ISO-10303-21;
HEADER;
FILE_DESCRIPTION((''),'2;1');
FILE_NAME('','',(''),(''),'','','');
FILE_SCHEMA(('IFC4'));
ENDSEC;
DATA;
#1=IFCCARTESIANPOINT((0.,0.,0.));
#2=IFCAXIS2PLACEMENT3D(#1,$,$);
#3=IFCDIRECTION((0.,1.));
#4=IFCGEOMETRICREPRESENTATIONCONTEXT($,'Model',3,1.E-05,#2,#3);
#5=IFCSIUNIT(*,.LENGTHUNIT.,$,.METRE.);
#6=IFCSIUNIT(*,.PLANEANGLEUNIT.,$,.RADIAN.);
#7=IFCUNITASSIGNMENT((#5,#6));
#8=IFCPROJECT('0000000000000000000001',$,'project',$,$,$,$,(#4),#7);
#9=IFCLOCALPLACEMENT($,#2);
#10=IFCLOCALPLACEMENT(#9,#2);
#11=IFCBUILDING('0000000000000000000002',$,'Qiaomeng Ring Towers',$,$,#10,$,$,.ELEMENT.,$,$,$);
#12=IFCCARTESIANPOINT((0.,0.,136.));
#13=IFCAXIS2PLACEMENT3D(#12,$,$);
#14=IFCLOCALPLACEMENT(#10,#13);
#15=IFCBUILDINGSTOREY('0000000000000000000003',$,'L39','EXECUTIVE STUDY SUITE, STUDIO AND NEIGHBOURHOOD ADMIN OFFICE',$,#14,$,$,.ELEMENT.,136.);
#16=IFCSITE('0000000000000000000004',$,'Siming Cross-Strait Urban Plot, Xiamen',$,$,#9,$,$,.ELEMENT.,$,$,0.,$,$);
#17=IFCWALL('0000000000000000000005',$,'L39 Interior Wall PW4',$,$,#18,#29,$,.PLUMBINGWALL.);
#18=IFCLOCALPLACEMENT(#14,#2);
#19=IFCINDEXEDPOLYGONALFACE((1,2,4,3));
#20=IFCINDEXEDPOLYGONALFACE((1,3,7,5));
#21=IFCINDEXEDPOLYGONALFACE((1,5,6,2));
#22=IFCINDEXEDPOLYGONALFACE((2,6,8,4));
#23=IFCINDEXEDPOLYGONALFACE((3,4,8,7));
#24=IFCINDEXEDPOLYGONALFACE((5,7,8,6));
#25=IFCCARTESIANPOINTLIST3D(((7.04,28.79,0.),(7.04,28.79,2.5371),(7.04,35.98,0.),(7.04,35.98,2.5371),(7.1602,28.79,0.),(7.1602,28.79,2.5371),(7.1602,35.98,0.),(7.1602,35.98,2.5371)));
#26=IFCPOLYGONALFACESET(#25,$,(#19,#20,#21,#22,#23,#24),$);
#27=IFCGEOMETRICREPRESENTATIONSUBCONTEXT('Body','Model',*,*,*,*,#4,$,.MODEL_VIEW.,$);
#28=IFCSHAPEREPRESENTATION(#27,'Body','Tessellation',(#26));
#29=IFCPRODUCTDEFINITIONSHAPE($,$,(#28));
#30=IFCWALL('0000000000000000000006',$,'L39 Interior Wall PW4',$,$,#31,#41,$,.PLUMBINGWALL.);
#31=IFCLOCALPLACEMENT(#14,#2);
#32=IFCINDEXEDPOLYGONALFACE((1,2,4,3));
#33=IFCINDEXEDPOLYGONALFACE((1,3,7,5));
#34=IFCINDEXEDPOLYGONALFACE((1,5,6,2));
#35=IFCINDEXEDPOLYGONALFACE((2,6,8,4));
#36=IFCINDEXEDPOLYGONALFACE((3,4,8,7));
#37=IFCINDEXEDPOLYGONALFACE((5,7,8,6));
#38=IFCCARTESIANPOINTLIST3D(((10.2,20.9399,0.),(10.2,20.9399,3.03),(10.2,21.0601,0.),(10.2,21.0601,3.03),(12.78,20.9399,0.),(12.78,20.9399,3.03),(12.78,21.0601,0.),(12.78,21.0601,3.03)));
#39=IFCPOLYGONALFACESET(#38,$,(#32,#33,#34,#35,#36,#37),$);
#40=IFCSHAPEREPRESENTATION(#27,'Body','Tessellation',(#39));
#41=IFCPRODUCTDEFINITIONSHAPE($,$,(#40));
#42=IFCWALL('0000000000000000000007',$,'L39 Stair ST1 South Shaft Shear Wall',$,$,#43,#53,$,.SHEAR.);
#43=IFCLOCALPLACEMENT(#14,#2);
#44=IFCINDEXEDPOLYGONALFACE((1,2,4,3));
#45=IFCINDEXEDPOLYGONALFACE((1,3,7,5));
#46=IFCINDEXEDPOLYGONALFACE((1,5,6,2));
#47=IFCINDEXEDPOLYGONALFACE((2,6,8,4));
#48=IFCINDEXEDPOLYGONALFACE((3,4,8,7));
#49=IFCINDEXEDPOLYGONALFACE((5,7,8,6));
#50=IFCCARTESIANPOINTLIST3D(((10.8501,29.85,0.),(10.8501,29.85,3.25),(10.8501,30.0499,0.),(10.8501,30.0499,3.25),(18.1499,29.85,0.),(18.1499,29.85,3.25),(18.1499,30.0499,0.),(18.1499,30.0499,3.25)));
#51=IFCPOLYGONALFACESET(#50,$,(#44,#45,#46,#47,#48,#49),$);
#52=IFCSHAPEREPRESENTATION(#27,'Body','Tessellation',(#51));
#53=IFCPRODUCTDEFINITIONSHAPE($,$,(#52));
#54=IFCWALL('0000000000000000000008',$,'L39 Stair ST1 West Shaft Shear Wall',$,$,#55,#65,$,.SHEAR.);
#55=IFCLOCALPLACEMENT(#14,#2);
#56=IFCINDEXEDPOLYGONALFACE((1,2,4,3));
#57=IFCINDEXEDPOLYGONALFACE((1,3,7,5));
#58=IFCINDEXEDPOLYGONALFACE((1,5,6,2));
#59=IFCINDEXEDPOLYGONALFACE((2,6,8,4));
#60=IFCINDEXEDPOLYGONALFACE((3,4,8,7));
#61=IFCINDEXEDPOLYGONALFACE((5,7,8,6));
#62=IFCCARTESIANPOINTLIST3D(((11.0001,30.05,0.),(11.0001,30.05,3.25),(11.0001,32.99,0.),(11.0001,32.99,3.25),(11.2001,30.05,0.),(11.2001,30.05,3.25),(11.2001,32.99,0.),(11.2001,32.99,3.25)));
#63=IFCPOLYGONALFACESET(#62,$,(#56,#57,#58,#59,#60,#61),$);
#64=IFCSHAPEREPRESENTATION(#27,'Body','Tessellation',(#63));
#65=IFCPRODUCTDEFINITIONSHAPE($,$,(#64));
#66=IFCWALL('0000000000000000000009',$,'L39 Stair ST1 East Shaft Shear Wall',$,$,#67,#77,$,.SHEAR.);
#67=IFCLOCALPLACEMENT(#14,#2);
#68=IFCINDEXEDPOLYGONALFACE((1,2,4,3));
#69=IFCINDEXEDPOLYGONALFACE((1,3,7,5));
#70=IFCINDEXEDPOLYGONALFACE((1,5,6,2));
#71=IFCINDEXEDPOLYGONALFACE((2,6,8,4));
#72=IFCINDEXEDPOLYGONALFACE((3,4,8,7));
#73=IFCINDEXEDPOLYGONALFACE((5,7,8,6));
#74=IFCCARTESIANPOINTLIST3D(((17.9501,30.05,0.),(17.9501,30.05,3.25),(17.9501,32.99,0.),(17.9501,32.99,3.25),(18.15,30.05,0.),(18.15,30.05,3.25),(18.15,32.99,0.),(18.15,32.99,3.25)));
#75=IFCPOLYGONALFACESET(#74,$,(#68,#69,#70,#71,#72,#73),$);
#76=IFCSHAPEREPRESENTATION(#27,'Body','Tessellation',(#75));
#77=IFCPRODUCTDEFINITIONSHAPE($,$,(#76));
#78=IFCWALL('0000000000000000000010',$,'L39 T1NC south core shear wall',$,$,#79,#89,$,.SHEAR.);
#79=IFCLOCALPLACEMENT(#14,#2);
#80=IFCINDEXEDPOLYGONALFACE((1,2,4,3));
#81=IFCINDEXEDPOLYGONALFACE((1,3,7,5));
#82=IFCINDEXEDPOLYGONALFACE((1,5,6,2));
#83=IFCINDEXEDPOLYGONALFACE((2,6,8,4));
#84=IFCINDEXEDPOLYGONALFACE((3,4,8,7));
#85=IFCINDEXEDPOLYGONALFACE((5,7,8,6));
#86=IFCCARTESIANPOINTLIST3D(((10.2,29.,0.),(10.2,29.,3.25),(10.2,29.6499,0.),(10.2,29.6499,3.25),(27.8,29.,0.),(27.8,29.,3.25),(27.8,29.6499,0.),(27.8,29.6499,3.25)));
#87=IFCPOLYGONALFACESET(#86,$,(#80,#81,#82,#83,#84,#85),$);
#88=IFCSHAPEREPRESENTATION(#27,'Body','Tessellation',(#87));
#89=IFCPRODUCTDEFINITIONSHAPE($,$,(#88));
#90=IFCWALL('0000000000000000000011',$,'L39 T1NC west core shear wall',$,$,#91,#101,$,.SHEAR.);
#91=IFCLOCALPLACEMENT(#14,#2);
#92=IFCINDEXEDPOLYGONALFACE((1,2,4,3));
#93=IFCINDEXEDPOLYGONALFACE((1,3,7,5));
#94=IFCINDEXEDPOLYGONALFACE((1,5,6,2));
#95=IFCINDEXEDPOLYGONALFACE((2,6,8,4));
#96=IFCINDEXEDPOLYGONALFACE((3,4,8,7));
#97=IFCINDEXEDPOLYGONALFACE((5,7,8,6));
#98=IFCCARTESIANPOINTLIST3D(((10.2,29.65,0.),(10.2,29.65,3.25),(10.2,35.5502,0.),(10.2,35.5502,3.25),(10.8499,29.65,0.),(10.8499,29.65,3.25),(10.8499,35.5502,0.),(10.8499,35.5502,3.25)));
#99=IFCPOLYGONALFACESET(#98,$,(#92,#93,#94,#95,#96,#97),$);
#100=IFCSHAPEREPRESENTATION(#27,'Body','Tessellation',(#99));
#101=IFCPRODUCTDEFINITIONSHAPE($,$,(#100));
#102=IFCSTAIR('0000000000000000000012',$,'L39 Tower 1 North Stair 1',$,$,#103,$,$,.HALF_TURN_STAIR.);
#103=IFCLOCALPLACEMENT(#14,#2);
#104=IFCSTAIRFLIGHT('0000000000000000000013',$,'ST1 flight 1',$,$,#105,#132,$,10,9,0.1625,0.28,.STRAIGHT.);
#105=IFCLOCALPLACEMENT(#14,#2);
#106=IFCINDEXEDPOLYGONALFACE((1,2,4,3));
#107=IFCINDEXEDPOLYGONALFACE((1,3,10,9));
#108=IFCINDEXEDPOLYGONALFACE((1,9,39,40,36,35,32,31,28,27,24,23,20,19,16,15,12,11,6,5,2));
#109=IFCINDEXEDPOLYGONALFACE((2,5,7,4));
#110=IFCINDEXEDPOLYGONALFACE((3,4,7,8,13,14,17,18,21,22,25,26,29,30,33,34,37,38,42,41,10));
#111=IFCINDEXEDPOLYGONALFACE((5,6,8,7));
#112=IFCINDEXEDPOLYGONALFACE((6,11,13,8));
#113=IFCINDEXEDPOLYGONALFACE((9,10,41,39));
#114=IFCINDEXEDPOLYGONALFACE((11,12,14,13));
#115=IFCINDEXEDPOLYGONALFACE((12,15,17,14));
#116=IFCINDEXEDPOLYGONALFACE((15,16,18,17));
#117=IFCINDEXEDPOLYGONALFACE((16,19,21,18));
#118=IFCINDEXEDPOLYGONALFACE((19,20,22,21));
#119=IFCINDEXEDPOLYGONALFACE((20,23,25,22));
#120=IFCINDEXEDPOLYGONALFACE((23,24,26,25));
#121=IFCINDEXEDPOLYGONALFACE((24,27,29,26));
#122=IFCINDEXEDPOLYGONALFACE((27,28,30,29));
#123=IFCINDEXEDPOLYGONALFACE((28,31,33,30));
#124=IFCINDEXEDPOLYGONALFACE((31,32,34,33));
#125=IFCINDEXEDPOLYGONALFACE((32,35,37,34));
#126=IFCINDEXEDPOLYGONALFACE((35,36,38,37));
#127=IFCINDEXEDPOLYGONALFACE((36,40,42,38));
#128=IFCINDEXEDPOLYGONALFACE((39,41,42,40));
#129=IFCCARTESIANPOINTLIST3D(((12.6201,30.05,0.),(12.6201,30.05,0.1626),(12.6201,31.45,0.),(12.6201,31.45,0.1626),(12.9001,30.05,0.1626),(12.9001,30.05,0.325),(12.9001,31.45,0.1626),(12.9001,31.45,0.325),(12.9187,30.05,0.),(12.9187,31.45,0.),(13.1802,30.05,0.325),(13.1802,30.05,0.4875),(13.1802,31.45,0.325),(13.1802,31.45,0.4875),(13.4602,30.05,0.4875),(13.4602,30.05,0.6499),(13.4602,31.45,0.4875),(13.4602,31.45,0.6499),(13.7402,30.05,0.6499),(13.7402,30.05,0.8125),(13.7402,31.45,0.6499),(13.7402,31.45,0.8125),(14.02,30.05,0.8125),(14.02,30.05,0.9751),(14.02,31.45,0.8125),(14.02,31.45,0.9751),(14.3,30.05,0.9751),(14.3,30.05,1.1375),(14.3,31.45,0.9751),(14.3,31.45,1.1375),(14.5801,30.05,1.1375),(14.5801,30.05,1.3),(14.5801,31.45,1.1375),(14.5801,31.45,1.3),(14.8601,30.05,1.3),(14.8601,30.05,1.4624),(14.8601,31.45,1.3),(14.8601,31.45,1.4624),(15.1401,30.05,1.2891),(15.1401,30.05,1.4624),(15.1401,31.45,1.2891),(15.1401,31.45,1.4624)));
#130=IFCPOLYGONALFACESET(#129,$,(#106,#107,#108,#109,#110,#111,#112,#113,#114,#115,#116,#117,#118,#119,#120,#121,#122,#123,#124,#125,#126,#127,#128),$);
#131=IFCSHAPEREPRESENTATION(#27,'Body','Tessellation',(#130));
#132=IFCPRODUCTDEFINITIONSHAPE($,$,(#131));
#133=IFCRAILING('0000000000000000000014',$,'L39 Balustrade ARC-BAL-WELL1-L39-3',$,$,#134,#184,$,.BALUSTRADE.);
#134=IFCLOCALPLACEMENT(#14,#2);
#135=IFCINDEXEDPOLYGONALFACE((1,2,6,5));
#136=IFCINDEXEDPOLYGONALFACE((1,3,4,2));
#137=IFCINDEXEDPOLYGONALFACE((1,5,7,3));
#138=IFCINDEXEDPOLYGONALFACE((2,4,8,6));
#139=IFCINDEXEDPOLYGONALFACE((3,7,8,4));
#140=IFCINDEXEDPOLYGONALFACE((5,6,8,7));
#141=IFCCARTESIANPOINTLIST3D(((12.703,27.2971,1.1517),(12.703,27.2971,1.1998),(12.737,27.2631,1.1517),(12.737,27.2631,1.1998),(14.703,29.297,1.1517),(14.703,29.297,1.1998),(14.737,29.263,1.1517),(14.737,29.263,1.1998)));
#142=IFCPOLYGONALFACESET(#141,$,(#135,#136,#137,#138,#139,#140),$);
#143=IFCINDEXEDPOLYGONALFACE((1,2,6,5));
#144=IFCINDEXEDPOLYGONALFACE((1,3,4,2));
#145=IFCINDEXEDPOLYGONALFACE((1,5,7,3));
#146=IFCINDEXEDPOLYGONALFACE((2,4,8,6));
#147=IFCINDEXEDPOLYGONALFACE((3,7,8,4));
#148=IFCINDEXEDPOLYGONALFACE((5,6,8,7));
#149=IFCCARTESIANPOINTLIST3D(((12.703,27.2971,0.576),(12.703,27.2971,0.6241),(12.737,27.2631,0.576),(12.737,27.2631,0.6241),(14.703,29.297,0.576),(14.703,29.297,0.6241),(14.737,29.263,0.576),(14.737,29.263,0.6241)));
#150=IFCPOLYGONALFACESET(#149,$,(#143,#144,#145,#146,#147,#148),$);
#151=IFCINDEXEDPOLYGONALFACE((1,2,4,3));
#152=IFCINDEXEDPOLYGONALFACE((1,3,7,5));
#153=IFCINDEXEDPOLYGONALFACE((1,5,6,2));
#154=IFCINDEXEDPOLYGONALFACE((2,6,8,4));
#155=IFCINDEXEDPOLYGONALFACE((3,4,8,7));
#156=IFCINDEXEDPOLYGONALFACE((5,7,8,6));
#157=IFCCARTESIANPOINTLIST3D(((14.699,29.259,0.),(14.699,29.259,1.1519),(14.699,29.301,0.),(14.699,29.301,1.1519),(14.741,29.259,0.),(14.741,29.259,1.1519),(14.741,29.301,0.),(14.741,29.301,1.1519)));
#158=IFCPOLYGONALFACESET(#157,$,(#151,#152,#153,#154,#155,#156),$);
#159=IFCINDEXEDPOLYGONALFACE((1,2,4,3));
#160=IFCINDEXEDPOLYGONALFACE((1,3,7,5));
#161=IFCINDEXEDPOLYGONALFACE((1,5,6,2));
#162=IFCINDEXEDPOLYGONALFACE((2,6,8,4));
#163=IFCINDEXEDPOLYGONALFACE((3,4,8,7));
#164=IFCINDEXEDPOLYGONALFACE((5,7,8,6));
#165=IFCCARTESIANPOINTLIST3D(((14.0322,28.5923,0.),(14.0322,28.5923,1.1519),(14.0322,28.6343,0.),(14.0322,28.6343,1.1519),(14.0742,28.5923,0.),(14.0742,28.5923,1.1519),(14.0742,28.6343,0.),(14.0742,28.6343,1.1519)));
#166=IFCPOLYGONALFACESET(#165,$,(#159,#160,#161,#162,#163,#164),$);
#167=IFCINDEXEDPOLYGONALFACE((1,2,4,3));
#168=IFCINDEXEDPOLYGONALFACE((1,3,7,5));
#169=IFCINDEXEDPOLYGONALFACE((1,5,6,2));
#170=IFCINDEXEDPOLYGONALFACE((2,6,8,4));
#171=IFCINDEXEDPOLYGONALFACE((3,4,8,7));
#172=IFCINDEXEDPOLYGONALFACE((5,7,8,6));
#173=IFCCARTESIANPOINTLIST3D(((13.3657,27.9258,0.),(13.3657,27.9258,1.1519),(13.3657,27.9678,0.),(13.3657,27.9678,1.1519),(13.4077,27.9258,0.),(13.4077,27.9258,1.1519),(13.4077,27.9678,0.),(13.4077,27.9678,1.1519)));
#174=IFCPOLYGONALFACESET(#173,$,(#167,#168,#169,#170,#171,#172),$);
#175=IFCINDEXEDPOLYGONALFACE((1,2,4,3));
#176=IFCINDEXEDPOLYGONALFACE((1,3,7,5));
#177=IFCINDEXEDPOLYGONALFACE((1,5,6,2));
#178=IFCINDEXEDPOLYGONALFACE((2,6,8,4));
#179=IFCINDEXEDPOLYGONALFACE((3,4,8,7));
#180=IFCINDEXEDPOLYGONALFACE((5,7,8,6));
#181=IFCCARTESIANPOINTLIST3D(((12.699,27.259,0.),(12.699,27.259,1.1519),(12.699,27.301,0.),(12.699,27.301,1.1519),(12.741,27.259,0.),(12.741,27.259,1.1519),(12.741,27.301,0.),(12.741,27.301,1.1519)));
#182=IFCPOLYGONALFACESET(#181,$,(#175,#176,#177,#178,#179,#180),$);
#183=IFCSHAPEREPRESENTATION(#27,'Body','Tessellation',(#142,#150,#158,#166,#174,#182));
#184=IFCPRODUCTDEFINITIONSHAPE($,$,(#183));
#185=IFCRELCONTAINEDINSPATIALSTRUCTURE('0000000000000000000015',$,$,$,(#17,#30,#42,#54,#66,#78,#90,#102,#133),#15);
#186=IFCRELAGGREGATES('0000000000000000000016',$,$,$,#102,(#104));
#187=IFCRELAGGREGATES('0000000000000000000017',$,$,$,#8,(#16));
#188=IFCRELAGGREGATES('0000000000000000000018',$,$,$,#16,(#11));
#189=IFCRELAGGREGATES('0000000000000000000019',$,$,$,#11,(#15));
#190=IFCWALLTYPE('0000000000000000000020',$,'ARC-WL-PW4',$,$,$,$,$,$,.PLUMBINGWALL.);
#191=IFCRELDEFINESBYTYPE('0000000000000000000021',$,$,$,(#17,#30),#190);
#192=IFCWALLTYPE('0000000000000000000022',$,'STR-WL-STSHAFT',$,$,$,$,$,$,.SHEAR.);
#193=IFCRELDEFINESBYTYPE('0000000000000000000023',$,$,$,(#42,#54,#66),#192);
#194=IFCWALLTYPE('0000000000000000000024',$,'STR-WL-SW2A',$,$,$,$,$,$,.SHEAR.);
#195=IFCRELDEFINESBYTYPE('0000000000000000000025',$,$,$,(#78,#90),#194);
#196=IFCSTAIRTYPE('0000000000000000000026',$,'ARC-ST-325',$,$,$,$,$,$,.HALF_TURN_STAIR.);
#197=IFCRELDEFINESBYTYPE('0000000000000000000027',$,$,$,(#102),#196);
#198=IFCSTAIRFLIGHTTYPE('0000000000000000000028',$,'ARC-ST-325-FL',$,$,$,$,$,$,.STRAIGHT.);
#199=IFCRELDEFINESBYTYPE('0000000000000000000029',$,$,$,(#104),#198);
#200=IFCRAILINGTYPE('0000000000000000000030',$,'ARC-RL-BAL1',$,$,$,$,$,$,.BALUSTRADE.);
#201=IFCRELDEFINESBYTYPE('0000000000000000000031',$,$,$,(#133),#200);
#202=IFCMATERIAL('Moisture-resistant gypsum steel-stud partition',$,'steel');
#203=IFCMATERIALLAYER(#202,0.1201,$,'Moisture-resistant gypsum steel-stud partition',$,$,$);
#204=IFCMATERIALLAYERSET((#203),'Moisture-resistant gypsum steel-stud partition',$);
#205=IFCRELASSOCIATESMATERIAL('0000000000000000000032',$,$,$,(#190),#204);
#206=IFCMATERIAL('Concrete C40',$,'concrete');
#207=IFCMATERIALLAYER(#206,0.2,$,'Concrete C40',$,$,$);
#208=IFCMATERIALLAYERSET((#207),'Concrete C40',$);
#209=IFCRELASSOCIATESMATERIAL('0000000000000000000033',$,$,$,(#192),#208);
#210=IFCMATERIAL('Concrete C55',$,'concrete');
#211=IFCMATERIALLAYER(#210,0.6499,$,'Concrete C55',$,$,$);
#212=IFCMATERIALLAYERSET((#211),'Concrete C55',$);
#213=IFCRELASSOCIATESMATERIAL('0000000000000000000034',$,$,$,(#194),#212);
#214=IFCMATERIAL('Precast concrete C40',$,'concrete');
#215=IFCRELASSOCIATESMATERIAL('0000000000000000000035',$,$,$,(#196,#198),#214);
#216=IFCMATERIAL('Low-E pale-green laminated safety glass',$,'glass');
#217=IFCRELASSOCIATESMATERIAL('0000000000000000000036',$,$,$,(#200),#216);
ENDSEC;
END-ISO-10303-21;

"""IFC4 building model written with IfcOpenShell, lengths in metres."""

from ifc_helpers import new_model, si_unit, direction, frame, frame_2d, origin, origin_2d, place, context, subcontext, project, spatial, polyline, rectangle, outline, extrude, source, transform, mapped, material, layer, layer_set, type_object, element, aggregate, save


model = new_model("IFC4")

# Units and contexts
model_context = context("Model", 3, precision=1e-05, world=origin(), true_north=direction((0.0, 1.0)))
body_context = subcontext(model_context, "Body", "Model", "MODEL_VIEW")
ifc_project = project(units=[si_unit("LENGTHUNIT", "METRE"), si_unit("PLANEANGLEUNIT", "RADIAN")], contexts=[model_context])

# Site, building, storey
site_placement = place(None, origin())
site = spatial("IfcSite", under=ifc_project, at=site_placement, Name="Siming Cross-Strait Urban Plot, Xiamen", CompositionType="ELEMENT", RefElevation=0.0)
building_placement = place(site_placement, origin())
building = spatial("IfcBuilding", under=site, at=building_placement, Name="Qiaomeng Ring Towers", CompositionType="ELEMENT")
storey_placement = place(building_placement, frame((0.0, 0.0, 136.0)))
storey = spatial("IfcBuildingStorey", under=building, at=storey_placement, Name="L39", Description="EXECUTIVE STUDY SUITE, STUDIO AND NEIGHBOURHOOD ADMIN OFFICE", CompositionType="ELEMENT", Elevation=136.0)

# Shared definitions
ifc_material_1 = material(Name="Concrete C55", Category="concrete")

# Shared definitions
ifc_material_2 = material(Name="Moisture-resistant gypsum steel-stud partition", Category="steel")
ifc_layer_1 = layer(ifc_material_2, 0.1201, Name="Moisture-resistant gypsum steel-stud partition")
ifc_layer_set_1 = layer_set([ifc_layer_1], Name="Moisture-resistant gypsum steel-stud partition")
wall_type_1 = type_object("IfcWallType", Name="ARC-WL-PW4", PredefinedType="PLUMBINGWALL", material=ifc_layer_set_1)

# Walls
wall_1_placement = place(storey_placement, frame((7.1001, 28.79, 0.0), z_axis=(0.0, 0.0, 1.0), x_axis=(0.0, 1.0, 0.0)))
element("IfcWall", 1, at=wall_1_placement, inside=storey, type_object=wall_type_1, Name="L39 Interior Wall PW4", PredefinedType="PLUMBINGWALL", context=body_context, shape_type="SweptSolid", body=[
    extrude(rectangle(XDim=7.1899, YDim=0.1201, at=frame_2d((3.595, 0.0))), origin(), (0.0, 0.0, 1.0), 2.5371),
])
wall_2_placement = place(storey_placement, frame((10.2, 21.0, 0.0), z_axis=(0.0, 0.0, 1.0), x_axis=(1.0, 0.0, 0.0)))
element("IfcWall", 2, at=wall_2_placement, inside=storey, type_object=wall_type_1, Name="L39 Interior Wall PW4", PredefinedType="PLUMBINGWALL", context=body_context, shape_type="SweptSolid", body=[
    extrude(rectangle(XDim=2.5801, YDim=0.1201, at=frame_2d((1.29, 0.0))), origin(), (0.0, 0.0, 1.0), 3.03),
])
ifc_material_3 = material(Name="Concrete C40", Category="concrete")
ifc_layer_2 = layer(ifc_material_3, 0.2, Name="Concrete C40")
ifc_layer_set_2 = layer_set([ifc_layer_2], Name="Concrete C40")
wall_type_2 = type_object("IfcWallType", Name="STR-WL-STSHAFT", PredefinedType="SHEAR", material=ifc_layer_set_2)
wall_3_placement = place(storey_placement, frame((10.8501, 29.95, 0.0), z_axis=(0.0, 0.0, 1.0), x_axis=(1.0, 0.0, 0.0)))
element("IfcWall", 3, at=wall_3_placement, inside=storey, type_object=wall_type_2, Name="L39 Stair ST1 South Shaft Shear Wall", PredefinedType="SHEAR", context=body_context, shape_type="SweptSolid", body=[
    extrude(rectangle(XDim=7.2998, YDim=0.2, at=frame_2d((3.6499, 0.0))), origin(), (0.0, 0.0, 1.0), 3.25),
])
for number, where, z_axis, x_axis, name in (
    (4, (11.1001, 30.05, 0.0), (0.0, 0.0, 1.0), (0.0, 1.0, 0.0), "L39 Stair ST1 West Shaft Shear Wall"),
    (5, (18.05, 30.05, 0.0), (0.0, 0.0, 1.0), (0.0, 1.0, 0.0), "L39 Stair ST1 East Shaft Shear Wall"),
):
    element("IfcWall", number, at=place(storey_placement, frame(where, z_axis=z_axis, x_axis=x_axis)), inside=storey, type_object=wall_type_2, Name=name, PredefinedType="SHEAR", context=body_context, shape_type="SweptSolid", body=[
        extrude(rectangle(XDim=2.9399, YDim=0.2, at=frame_2d((1.47, 0.0))), origin(), (0.0, 0.0, 1.0), 3.25),
    ])
ifc_layer_3 = layer(ifc_material_1, 0.6499, Name="Concrete C55")
ifc_layer_set_3 = layer_set([ifc_layer_3], Name="Concrete C55")
wall_type_3 = type_object("IfcWallType", Name="STR-WL-SW2A", PredefinedType="SHEAR", material=ifc_layer_set_3)
wall_4_placement = place(storey_placement, frame((10.2, 29.325, 0.0), z_axis=(0.0, 0.0, 1.0), x_axis=(1.0, 0.0, 0.0)))
element("IfcWall", 6, at=wall_4_placement, inside=storey, type_object=wall_type_3, Name="L39 T1NC south core shear wall", PredefinedType="SHEAR", context=body_context, shape_type="SweptSolid", body=[
    extrude(rectangle(XDim=17.6001, YDim=0.6499, at=frame_2d((8.8, 0.0))), origin(), (0.0, 0.0, 1.0), 3.25),
])
wall_5_placement = place(storey_placement, frame((10.5249, 29.6499, 0.0), z_axis=(0.0, 0.0, 1.0), x_axis=(0.0, 1.0, 0.0)))
element("IfcWall", 7, at=wall_5_placement, inside=storey, type_object=wall_type_3, Name="L39 T1NC west core shear wall", PredefinedType="SHEAR", context=body_context, shape_type="SweptSolid", body=[
    extrude(rectangle(XDim=5.9001, YDim=0.6499, at=frame_2d((2.9502, 0.0))), origin(), (0.0, 0.0, 1.0), 3.25),
])

# Stair, stair flight
ifc_material_4 = material(Name="Precast concrete C40", Category="concrete")
stair_type = type_object("IfcStairType", Name="ARC-ST-325", PredefinedType="HALF_TURN_STAIR", material=ifc_material_4)
stair_placement = place(storey_placement, origin())
stair = element("IfcStair", 8, at=stair_placement, inside=storey, type_object=stair_type, Name="L39 Tower 1 North Stair 1", PredefinedType="HALF_TURN_STAIR")
stair_flight_type = type_object("IfcStairFlightType", Name="ARC-ST-325-FL", PredefinedType="STRAIGHT", material=ifc_material_4)
shared_shape_1 = source(origin(), body_context, "Body", "SweptSolid", [
    extrude(outline(polyline([(0.0, 0.0), (0.0, 0.1626), (0.28, 0.1626), (0.28, 0.325), (0.5601, 0.325), (0.5601, 0.4875), (0.8401, 0.4875), (0.8401, 0.6499), (1.1201, 0.6499), (1.1201, 0.8125), (1.3999, 0.8125), (1.3999, 0.9751), (1.6799, 0.9751), (1.6799, 1.1375), (1.96, 1.1375), (1.96, 1.3), (2.24, 1.3), (2.24, 1.4624), (2.52, 1.4624), (2.52, 1.625), (2.52, 1.2891), (0.2986, 0.0), (0.0, 0.0)])), frame((0.0, 0.7, 0.0), z_axis=(0.0, -1.0, 0.0), x_axis=(1.0, 0.0, 0.0)), (0.0, 0.0, 1.0), 1.3999),
])
stair_flight_placement = place(storey_placement, frame((12.6201, 30.75, 0.0), z_axis=(0.0, 0.0, 1.0), x_axis=(1.0, 0.0, 0.0)))
stair_flight = element("IfcStairFlight", 9, at=stair_flight_placement, type_object=stair_flight_type, Name="ST1 flight 1", NumberOfRisers=10, NumberOfTreads=9, PredefinedType="STRAIGHT", RiserHeight=0.1625, TreadLength=0.28, context=body_context, shape_type="MappedRepresentation", body=[
    mapped(shared_shape_1, transform((0.0, 0.0, 0.0), x_axis=(1.0, 0.0, 0.0), y_axis=(0.0, 1.0, 0.0), z_axis=(0.0, 0.0, 1.0), scale=1.0)),
])
aggregate(stair, [stair_flight])

# Railing
ifc_material_5 = material(Name="Low-E pale-green laminated safety glass", Category="glass")
railing_type_1 = type_object("IfcRailingType", Name="ARC-RL-BAL1", PredefinedType="BALUSTRADE", material=ifc_material_5)
railing_1_placement = place(storey_placement, frame((14.72, 29.28, 0.0)))
element("IfcRailing", 10, at=railing_1_placement, inside=storey, type_object=railing_type_1, Name="L39 Balustrade ARC-BAL-WELL1-L39-3", PredefinedType="BALUSTRADE", context=body_context, shape_type="SweptSolid", body=[
    extrude(rectangle(XDim=0.0481, YDim=0.0481, at=origin_2d()), frame((0.0, 0.0, 1.1758), z_axis=(-0.707107, -0.707107, 0.0), x_axis=(0.707107, -0.707107, 0.0)), (0.0, 0.0, 1.0), 2.8284),
    extrude(rectangle(XDim=0.0481, YDim=0.0481, at=origin_2d()), frame((0.0, 0.0, 0.6001), z_axis=(-0.707107, -0.707107, 0.0), x_axis=(0.707107, -0.707107, 0.0)), (0.0, 0.0, 1.0), 2.8284),
    extrude(rectangle(XDim=0.042, YDim=0.042, at=origin_2d()), origin(), (0.0, 0.0, 1.0), 1.1519),
    extrude(rectangle(XDim=0.042, YDim=0.042, at=origin_2d()), frame((-0.6667, -0.6667, 0.0)), (0.0, 0.0, 1.0), 1.1519),
    extrude(rectangle(XDim=0.042, YDim=0.042, at=origin_2d()), frame((-1.3333, -1.3333, 0.0)), (0.0, 0.0, 1.0), 1.1519),
    extrude(rectangle(XDim=0.042, YDim=0.042, at=origin_2d()), frame((-2.0, -2.0, 0.0)), (0.0, 0.0, 1.0), 1.1519),
])

save(model, "model.ifc")
